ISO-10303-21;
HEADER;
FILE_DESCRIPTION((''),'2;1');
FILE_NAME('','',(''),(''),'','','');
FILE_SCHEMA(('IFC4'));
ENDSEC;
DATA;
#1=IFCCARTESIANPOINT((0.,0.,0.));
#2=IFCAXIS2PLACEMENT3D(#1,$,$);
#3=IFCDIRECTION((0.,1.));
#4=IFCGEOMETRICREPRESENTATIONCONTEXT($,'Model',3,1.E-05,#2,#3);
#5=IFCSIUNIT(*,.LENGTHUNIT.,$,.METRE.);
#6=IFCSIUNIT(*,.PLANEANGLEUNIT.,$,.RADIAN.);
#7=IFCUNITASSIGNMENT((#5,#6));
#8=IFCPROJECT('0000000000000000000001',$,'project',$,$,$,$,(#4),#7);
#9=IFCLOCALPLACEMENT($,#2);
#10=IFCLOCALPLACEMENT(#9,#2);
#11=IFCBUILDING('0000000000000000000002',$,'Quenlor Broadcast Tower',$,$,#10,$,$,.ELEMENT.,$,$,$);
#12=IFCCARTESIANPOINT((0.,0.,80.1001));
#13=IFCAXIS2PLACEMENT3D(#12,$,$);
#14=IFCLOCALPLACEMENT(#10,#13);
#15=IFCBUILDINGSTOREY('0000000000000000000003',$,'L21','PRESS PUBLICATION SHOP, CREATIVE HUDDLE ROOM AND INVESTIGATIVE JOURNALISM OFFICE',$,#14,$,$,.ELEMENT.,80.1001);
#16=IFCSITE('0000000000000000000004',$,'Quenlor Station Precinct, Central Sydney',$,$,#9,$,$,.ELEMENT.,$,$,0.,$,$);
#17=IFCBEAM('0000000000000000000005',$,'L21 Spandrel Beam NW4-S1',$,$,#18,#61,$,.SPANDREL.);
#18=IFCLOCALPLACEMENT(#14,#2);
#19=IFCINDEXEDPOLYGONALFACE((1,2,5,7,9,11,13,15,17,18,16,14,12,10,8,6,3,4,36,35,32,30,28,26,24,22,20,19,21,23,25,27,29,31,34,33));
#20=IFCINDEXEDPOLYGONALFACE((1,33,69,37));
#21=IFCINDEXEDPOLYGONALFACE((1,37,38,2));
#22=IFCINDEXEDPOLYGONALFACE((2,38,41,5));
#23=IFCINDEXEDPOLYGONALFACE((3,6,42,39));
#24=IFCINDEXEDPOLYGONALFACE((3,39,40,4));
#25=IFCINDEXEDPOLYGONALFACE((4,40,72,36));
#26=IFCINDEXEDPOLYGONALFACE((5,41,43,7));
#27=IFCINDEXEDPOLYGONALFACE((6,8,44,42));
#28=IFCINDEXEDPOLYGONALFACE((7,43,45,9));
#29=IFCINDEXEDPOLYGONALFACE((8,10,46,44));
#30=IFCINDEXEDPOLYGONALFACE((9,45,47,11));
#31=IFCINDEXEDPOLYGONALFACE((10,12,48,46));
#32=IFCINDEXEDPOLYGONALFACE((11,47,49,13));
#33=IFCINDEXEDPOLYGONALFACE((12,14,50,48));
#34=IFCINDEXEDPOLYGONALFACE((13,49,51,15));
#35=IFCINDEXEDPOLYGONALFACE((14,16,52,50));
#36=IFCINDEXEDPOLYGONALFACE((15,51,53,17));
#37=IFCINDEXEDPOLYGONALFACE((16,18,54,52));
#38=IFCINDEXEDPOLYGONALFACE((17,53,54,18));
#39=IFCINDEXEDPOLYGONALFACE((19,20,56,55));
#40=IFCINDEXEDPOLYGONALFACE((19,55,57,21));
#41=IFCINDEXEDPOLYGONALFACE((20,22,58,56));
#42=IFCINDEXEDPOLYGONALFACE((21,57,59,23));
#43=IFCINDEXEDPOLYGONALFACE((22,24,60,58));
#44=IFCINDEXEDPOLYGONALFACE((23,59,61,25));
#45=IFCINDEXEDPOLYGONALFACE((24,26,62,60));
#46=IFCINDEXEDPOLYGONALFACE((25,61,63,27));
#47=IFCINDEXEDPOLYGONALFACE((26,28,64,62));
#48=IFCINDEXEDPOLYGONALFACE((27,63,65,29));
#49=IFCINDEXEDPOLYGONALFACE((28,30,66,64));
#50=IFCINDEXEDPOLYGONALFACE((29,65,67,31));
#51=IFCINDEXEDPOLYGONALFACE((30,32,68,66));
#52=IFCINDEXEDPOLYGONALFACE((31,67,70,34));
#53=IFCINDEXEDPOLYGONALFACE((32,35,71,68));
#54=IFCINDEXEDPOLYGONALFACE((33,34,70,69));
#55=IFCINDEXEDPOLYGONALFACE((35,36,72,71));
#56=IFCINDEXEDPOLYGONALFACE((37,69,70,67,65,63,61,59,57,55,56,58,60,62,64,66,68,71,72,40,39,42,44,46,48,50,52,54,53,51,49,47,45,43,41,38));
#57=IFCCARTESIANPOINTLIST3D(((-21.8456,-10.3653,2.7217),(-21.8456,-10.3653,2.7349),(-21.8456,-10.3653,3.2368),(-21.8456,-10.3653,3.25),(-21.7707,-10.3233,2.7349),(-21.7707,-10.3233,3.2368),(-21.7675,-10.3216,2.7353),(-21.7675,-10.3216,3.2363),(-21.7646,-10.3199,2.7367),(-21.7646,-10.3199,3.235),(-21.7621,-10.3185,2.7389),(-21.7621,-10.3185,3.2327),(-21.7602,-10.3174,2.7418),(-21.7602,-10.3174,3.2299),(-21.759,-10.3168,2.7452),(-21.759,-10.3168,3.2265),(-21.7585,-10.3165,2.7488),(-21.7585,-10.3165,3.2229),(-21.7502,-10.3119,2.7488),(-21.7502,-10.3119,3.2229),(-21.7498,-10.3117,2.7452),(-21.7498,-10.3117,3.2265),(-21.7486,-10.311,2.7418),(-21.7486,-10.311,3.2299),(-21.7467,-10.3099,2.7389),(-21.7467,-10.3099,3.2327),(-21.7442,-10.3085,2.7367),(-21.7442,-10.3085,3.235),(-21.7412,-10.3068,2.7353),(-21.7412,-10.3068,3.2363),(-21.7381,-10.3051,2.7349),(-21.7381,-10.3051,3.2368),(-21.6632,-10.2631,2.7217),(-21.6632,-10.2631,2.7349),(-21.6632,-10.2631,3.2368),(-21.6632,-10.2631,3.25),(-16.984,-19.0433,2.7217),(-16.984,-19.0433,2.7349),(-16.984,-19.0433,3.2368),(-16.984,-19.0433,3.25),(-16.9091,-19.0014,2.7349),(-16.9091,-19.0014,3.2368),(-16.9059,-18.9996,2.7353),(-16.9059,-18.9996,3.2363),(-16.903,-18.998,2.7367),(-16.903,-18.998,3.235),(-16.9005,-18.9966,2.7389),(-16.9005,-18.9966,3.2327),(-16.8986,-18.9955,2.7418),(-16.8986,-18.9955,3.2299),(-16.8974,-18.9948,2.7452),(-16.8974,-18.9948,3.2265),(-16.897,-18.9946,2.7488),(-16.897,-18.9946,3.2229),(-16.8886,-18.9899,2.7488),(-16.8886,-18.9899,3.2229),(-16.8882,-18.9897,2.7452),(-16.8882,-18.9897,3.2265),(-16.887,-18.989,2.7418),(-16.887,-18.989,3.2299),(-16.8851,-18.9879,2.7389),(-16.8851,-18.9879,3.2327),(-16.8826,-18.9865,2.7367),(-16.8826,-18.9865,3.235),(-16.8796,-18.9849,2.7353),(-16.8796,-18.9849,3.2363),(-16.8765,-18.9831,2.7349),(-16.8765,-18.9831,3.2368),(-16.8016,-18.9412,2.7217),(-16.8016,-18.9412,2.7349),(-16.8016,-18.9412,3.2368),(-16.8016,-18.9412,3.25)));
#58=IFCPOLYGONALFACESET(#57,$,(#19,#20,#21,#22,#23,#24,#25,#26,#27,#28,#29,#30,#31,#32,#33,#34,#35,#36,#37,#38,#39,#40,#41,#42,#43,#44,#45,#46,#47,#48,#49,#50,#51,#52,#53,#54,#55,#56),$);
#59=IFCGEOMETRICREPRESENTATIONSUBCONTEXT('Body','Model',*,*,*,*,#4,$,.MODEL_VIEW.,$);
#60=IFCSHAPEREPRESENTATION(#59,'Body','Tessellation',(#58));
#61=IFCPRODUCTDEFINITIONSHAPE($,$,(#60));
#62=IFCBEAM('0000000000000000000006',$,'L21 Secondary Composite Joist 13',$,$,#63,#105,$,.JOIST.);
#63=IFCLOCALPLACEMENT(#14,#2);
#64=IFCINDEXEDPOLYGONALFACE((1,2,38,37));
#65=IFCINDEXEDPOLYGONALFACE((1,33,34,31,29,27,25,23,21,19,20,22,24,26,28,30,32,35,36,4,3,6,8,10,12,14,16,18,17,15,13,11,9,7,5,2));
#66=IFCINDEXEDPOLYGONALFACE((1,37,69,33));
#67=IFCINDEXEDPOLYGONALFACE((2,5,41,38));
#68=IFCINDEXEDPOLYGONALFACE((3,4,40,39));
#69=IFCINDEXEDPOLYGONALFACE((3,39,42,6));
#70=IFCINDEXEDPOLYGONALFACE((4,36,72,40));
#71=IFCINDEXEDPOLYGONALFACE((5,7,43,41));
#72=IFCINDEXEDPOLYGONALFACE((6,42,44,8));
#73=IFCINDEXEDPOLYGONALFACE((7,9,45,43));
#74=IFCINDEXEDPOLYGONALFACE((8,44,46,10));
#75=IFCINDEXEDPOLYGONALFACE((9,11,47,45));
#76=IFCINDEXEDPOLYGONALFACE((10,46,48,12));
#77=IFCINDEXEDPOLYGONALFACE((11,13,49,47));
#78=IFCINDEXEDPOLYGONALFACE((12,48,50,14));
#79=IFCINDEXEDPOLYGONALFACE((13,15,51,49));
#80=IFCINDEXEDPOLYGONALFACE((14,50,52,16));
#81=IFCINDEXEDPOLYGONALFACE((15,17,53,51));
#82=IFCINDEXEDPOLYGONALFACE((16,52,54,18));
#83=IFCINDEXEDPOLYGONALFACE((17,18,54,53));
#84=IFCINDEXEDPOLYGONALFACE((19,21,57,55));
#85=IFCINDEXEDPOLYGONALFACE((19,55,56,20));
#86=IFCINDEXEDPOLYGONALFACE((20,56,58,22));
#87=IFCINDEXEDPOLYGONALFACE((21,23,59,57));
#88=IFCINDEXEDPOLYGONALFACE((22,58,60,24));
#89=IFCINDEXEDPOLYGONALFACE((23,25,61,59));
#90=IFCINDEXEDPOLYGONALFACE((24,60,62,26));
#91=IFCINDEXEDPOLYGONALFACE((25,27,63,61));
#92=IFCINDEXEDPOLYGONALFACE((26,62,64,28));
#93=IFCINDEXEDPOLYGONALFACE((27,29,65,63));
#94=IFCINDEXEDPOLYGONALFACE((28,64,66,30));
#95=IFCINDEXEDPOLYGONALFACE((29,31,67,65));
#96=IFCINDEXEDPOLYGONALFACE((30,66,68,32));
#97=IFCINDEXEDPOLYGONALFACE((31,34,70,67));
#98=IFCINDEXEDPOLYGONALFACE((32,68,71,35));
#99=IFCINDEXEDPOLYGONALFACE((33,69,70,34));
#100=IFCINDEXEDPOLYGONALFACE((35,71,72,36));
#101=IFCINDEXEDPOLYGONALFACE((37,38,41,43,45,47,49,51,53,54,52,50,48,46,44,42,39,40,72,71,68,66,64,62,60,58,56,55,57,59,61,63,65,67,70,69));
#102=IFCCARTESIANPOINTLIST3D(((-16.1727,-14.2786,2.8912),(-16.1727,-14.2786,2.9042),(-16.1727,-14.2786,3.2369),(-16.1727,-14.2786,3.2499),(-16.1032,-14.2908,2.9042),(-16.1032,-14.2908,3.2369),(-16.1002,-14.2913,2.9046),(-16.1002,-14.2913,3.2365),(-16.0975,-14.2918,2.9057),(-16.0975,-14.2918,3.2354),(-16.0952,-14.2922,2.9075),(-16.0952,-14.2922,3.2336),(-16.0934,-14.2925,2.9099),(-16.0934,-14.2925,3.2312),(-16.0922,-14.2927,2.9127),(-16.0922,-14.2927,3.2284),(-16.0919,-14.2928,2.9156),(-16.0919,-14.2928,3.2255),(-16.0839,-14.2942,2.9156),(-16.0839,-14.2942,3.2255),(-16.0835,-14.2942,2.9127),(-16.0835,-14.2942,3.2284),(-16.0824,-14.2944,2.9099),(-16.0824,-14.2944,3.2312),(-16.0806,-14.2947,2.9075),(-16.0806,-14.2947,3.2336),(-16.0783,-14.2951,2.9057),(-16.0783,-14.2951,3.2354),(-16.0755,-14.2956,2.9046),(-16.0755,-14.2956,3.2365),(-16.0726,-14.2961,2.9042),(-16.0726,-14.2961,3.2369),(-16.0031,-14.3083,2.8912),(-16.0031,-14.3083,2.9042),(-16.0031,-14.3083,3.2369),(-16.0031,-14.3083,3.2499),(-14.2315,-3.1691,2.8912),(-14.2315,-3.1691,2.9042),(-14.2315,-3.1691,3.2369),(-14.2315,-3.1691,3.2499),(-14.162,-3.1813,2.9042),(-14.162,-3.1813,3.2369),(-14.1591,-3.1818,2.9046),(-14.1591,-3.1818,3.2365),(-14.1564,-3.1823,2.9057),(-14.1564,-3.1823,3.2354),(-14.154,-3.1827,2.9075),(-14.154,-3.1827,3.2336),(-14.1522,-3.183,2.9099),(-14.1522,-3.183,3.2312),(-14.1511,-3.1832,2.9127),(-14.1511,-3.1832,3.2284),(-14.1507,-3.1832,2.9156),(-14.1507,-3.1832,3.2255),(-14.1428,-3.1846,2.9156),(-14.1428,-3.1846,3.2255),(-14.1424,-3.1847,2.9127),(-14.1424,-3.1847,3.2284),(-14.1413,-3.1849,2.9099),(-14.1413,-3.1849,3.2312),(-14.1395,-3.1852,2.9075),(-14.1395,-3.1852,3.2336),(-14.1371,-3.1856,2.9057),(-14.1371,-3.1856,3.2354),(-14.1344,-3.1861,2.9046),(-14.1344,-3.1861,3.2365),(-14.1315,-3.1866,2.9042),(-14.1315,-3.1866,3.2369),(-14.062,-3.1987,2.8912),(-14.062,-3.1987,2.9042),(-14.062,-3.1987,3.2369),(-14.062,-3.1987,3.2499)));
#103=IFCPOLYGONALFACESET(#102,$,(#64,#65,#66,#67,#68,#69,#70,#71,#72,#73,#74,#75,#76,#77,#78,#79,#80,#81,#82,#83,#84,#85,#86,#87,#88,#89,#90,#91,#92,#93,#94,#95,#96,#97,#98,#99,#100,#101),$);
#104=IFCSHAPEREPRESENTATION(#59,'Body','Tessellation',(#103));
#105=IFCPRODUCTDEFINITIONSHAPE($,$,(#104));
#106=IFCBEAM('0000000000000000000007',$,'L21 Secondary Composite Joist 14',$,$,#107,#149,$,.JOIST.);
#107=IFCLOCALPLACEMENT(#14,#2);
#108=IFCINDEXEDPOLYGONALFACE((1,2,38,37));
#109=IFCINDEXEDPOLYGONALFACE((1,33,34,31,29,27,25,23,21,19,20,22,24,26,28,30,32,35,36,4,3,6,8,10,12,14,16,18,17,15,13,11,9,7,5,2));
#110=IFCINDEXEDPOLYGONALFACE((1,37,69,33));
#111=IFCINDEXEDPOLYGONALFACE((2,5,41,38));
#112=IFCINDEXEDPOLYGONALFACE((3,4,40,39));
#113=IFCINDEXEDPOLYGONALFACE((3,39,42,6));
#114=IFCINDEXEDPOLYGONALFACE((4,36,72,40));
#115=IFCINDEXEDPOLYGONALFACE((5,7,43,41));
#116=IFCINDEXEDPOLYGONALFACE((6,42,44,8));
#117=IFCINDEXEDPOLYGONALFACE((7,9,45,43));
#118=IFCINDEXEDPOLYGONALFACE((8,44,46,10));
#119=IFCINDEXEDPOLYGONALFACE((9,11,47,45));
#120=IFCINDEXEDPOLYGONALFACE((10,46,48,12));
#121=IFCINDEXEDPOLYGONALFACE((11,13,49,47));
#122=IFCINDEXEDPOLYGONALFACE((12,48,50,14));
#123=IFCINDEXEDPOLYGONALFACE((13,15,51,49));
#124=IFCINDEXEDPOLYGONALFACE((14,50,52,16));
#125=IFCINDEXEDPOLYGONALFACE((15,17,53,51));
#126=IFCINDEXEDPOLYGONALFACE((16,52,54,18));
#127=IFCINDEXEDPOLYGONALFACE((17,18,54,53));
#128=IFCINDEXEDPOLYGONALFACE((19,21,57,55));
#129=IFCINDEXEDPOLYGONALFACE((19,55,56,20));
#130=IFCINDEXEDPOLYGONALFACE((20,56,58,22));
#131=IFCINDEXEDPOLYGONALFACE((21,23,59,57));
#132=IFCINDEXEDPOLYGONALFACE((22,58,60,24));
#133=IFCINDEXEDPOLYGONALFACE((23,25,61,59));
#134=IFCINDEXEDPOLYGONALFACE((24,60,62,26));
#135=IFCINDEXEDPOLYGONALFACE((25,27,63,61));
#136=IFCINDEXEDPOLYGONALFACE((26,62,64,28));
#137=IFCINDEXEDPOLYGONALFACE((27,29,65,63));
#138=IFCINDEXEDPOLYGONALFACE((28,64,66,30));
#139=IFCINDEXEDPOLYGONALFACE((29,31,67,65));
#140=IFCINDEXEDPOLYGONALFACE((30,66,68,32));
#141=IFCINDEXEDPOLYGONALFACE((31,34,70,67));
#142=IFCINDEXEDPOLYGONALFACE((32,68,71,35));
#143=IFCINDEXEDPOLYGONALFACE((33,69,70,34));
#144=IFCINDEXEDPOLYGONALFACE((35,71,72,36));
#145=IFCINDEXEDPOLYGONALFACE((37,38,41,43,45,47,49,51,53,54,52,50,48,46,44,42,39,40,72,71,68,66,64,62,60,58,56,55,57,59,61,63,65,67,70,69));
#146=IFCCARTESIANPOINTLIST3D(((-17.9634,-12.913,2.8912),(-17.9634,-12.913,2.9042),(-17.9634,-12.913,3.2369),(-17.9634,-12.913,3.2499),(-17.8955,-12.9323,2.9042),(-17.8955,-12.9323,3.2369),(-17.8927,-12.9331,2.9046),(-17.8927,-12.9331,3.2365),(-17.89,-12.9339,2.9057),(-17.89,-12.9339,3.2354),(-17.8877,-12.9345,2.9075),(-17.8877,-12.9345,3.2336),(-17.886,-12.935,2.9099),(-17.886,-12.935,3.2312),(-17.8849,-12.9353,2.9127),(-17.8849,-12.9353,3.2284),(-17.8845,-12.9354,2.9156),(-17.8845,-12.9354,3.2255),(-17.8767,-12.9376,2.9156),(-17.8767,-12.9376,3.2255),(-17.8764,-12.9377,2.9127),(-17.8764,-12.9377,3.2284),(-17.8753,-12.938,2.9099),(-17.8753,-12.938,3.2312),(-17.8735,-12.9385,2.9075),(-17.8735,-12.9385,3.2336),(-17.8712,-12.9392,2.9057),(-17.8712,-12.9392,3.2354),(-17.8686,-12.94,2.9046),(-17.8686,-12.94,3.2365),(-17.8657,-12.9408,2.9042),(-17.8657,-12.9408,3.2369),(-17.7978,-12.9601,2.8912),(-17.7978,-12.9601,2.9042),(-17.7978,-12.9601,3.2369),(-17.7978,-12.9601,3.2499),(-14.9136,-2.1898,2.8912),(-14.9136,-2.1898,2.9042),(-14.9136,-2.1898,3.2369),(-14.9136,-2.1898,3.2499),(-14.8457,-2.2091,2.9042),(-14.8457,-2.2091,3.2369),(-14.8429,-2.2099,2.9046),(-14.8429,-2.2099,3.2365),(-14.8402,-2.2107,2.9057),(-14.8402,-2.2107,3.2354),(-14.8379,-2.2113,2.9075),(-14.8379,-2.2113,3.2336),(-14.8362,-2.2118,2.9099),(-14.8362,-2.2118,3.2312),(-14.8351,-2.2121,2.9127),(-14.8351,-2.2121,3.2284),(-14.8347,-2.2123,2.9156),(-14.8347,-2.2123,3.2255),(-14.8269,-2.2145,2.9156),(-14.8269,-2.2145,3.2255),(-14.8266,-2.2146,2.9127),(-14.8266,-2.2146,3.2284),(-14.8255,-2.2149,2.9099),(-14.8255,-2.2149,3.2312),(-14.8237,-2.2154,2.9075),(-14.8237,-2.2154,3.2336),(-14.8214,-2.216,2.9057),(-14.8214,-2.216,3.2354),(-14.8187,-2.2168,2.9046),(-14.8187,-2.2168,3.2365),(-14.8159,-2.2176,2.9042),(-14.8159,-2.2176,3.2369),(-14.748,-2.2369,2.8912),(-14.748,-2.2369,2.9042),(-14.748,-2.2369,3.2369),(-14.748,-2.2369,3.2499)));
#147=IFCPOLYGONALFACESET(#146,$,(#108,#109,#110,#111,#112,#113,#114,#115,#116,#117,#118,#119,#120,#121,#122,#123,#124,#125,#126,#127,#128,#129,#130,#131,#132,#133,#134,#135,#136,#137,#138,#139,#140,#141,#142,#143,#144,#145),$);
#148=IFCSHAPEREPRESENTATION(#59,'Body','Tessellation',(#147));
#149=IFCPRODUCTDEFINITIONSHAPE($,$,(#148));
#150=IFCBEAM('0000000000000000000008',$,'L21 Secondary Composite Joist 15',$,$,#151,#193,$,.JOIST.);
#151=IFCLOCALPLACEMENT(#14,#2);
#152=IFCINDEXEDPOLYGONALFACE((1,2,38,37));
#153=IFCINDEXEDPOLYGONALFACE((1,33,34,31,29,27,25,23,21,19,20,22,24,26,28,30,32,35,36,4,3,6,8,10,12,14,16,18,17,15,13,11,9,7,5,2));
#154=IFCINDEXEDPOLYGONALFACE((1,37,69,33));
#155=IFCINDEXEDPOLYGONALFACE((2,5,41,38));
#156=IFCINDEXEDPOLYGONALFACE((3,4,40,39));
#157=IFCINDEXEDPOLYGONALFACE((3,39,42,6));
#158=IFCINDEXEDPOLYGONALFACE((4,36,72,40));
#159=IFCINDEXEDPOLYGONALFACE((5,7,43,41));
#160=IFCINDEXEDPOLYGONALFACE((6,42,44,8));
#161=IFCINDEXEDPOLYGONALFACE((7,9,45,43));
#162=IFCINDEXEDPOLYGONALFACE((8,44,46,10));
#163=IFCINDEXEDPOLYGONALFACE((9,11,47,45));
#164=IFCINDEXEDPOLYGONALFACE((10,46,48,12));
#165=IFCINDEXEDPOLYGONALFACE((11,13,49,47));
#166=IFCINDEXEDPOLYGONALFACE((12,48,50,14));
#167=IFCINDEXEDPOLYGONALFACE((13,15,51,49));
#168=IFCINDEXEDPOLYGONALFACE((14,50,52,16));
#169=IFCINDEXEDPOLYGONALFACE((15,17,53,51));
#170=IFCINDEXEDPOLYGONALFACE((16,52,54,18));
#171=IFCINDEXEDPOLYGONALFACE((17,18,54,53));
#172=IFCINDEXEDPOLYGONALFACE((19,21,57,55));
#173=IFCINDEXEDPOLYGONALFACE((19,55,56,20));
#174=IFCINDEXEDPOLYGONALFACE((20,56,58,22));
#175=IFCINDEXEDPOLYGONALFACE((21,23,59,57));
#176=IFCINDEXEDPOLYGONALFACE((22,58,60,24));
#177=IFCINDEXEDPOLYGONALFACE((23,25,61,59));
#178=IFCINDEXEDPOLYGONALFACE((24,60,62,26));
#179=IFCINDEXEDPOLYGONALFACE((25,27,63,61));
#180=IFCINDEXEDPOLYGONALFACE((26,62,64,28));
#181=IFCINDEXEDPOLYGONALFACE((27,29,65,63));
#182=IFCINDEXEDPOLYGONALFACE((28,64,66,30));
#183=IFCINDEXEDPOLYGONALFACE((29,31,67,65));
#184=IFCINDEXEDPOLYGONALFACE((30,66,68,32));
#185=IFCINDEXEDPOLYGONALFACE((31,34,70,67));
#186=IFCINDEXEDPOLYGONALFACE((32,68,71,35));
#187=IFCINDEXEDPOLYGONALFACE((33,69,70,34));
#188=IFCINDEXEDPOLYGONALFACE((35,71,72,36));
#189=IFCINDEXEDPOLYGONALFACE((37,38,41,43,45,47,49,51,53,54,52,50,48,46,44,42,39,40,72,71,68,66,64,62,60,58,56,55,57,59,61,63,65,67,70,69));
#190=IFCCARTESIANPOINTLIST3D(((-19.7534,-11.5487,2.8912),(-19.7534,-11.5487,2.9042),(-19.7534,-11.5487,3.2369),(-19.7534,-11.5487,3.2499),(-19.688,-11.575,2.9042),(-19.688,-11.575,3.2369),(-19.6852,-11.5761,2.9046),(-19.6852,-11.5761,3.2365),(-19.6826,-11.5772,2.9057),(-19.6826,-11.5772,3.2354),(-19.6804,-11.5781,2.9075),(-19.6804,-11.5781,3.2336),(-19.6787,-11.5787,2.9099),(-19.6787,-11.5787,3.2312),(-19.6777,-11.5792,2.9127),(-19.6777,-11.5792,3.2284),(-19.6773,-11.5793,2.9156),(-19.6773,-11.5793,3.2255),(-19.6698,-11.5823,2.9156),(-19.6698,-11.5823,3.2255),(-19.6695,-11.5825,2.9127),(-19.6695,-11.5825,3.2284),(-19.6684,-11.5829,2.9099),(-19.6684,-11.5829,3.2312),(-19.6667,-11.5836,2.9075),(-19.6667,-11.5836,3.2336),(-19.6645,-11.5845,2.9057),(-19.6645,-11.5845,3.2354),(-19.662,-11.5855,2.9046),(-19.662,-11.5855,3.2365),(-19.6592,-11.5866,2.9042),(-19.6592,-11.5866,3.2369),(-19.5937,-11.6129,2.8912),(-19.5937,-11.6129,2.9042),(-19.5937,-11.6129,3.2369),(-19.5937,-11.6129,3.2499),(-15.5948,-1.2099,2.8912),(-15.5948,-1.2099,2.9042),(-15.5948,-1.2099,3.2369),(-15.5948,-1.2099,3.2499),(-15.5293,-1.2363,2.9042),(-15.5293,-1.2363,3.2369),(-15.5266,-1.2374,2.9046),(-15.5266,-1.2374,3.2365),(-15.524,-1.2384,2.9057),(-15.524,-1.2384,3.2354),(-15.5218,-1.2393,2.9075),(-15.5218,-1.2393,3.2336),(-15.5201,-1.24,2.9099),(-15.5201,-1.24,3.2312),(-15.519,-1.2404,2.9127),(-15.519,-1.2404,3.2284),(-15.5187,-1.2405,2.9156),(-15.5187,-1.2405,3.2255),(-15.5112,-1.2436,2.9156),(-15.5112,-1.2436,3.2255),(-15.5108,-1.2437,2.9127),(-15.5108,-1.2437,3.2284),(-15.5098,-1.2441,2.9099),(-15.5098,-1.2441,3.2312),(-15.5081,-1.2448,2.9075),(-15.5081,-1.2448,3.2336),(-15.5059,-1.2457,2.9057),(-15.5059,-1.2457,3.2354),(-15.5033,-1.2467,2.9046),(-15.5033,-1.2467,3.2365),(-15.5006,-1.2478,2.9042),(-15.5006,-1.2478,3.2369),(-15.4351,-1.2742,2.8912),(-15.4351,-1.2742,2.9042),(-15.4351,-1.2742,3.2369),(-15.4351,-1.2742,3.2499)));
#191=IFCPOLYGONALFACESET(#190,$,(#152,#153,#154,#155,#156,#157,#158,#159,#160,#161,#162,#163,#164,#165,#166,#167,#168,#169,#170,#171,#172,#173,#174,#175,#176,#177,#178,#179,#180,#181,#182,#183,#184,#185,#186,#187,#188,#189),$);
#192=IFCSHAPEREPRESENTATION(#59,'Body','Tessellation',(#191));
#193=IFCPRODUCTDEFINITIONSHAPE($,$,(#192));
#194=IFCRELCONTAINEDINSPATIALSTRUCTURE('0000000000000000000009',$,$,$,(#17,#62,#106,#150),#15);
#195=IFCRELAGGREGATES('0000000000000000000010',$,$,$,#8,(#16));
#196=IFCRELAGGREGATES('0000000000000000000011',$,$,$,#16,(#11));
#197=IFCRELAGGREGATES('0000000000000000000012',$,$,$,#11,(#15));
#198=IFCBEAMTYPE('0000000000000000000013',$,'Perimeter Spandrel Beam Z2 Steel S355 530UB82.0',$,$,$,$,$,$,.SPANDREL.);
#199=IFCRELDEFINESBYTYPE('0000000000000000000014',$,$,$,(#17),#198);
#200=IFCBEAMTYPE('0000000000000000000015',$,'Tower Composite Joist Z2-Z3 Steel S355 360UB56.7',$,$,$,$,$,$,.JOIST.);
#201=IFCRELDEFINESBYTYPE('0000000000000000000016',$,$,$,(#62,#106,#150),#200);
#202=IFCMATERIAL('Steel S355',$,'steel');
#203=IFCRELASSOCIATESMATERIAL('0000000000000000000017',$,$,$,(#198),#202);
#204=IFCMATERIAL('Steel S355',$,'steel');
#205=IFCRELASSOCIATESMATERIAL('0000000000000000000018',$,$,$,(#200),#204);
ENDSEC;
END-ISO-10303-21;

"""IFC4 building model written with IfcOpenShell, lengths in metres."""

from ifc_helpers import new_model, si_unit, direction, frame, origin, origin_2d, place, context, subcontext, project, spatial, i_section, extrude, material, material_profile, profile_set, type_object, element, save


model = new_model("IFC4")

# Units and contexts
model_context = context("Model", 3, precision=1e-05, world=origin(), true_north=direction((0.0, 1.0)))
body_context = subcontext(model_context, "Body", "Model", "MODEL_VIEW")
ifc_project = project(units=[si_unit("LENGTHUNIT", "METRE"), si_unit("PLANEANGLEUNIT", "RADIAN")], contexts=[model_context])

# Site, building, storey
site_placement = place(None, origin())
site = spatial("IfcSite", under=ifc_project, at=site_placement, Name="Quenlor Station Precinct, Central Sydney", CompositionType="ELEMENT", RefElevation=0.0)
building_placement = place(site_placement, origin())
building = spatial("IfcBuilding", under=site, at=building_placement, Name="Quenlor Broadcast Tower", CompositionType="ELEMENT")
storey_placement = place(building_placement, frame((0.0, 0.0, 80.1001)))
storey = spatial("IfcBuildingStorey", under=building, at=storey_placement, Name="L21", Description="PRESS PUBLICATION SHOP, CREATIVE HUDDLE ROOM AND INVESTIGATIVE JOURNALISM OFFICE", CompositionType="ELEMENT", Elevation=80.1001)

# Beams
ifc_material_1 = material(Name="Steel S355", Category="steel")
ifc_material_profile_1 = material_profile(ifc_material_1, i_section(OverallWidth=0.209, OverallDepth=0.5283, WebThickness=0.0095, FlangeThickness=0.0132, FilletRadius=0.0139, at=origin_2d()))
ifc_profile_set_1 = profile_set([ifc_material_profile_1], Name="Steel S355 530UB82.0")
beam_type_1 = type_object("IfcBeamType", Name="Perimeter Spandrel Beam Z2 Steel S355 530UB82.0", PredefinedType="SPANDREL", material=ifc_profile_set_1)
beam_1_placement = place(storey_placement, frame((-21.7544, -10.3142, 2.9858), z_axis=(0.488749, -0.872424, 0.0), x_axis=(0.872424, 0.488749, 0.0)))
element("IfcBeam", 1, at=beam_1_placement, inside=storey, type_object=beam_type_1, Name="L21 Spandrel Beam NW4-S1", PredefinedType="SPANDREL", context=body_context, shape_type="SweptSolid", body=[
    extrude(i_section(OverallWidth=0.209, OverallDepth=0.5283, WebThickness=0.0095, FlangeThickness=0.0132, FilletRadius=0.0139, at=origin_2d()), origin(), (0.0, 0.0, 1.0), 9.947),
])
ifc_material_2 = material(Name="Steel S355", Category="steel")
ifc_material_profile_2 = material_profile(ifc_material_2, i_section(OverallWidth=0.1721, OverallDepth=0.3586, WebThickness=0.0081, FlangeThickness=0.0129, FilletRadius=0.0115, at=origin_2d()))
ifc_profile_set_2 = profile_set([ifc_material_profile_2], Name="Steel S355 360UB56.7")
beam_type_2 = type_object("IfcBeamType", Name="Tower Composite Joist Z2-Z3 Steel S355 360UB56.7", PredefinedType="JOIST", material=ifc_profile_set_2)
beam_2_placement = place(storey_placement, frame((-16.0879, -14.2935, 3.0706), z_axis=(0.17212, 0.985076, 0.0), x_axis=(-0.985076, 0.17212, 0.0)))
element("IfcBeam", 2, at=beam_2_placement, inside=storey, type_object=beam_type_2, Name="L21 Secondary Composite Joist 13", PredefinedType="JOIST", context=body_context, shape_type="SweptSolid", body=[
    extrude(i_section(OverallWidth=0.1721, OverallDepth=0.3586, WebThickness=0.0081, FlangeThickness=0.0129, FilletRadius=0.0115, at=origin_2d()), origin(), (0.0, 0.0, 1.0), 11.2778),
])
beam_3_placement = place(storey_placement, frame((-17.8806, -12.9365, 3.0706), z_axis=(0.273564, 0.961854, 0.0), x_axis=(-0.961854, 0.273564, 0.0)))
element("IfcBeam", 3, at=beam_3_placement, inside=storey, type_object=beam_type_2, Name="L21 Secondary Composite Joist 14", PredefinedType="JOIST", context=body_context, shape_type="SweptSolid", body=[
    extrude(i_section(OverallWidth=0.1721, OverallDepth=0.3586, WebThickness=0.0081, FlangeThickness=0.0129, FilletRadius=0.0115, at=origin_2d()), origin(), (0.0, 0.0, 1.0), 11.1484),
])
beam_4_placement = place(storey_placement, frame((-19.6736, -11.5808, 3.0706), z_axis=(0.37318, 0.927759, 0.0), x_axis=(-0.927759, 0.37318, 0.0)))
element("IfcBeam", 4, at=beam_4_placement, inside=storey, type_object=beam_type_2, Name="L21 Secondary Composite Joist 15", PredefinedType="JOIST", context=body_context, shape_type="SweptSolid", body=[
    extrude(i_section(OverallWidth=0.1721, OverallDepth=0.3586, WebThickness=0.0081, FlangeThickness=0.0129, FilletRadius=0.0115, at=origin_2d()), origin(), (0.0, 0.0, 1.0), 11.1438),
])

save(model, "model.ifc")
